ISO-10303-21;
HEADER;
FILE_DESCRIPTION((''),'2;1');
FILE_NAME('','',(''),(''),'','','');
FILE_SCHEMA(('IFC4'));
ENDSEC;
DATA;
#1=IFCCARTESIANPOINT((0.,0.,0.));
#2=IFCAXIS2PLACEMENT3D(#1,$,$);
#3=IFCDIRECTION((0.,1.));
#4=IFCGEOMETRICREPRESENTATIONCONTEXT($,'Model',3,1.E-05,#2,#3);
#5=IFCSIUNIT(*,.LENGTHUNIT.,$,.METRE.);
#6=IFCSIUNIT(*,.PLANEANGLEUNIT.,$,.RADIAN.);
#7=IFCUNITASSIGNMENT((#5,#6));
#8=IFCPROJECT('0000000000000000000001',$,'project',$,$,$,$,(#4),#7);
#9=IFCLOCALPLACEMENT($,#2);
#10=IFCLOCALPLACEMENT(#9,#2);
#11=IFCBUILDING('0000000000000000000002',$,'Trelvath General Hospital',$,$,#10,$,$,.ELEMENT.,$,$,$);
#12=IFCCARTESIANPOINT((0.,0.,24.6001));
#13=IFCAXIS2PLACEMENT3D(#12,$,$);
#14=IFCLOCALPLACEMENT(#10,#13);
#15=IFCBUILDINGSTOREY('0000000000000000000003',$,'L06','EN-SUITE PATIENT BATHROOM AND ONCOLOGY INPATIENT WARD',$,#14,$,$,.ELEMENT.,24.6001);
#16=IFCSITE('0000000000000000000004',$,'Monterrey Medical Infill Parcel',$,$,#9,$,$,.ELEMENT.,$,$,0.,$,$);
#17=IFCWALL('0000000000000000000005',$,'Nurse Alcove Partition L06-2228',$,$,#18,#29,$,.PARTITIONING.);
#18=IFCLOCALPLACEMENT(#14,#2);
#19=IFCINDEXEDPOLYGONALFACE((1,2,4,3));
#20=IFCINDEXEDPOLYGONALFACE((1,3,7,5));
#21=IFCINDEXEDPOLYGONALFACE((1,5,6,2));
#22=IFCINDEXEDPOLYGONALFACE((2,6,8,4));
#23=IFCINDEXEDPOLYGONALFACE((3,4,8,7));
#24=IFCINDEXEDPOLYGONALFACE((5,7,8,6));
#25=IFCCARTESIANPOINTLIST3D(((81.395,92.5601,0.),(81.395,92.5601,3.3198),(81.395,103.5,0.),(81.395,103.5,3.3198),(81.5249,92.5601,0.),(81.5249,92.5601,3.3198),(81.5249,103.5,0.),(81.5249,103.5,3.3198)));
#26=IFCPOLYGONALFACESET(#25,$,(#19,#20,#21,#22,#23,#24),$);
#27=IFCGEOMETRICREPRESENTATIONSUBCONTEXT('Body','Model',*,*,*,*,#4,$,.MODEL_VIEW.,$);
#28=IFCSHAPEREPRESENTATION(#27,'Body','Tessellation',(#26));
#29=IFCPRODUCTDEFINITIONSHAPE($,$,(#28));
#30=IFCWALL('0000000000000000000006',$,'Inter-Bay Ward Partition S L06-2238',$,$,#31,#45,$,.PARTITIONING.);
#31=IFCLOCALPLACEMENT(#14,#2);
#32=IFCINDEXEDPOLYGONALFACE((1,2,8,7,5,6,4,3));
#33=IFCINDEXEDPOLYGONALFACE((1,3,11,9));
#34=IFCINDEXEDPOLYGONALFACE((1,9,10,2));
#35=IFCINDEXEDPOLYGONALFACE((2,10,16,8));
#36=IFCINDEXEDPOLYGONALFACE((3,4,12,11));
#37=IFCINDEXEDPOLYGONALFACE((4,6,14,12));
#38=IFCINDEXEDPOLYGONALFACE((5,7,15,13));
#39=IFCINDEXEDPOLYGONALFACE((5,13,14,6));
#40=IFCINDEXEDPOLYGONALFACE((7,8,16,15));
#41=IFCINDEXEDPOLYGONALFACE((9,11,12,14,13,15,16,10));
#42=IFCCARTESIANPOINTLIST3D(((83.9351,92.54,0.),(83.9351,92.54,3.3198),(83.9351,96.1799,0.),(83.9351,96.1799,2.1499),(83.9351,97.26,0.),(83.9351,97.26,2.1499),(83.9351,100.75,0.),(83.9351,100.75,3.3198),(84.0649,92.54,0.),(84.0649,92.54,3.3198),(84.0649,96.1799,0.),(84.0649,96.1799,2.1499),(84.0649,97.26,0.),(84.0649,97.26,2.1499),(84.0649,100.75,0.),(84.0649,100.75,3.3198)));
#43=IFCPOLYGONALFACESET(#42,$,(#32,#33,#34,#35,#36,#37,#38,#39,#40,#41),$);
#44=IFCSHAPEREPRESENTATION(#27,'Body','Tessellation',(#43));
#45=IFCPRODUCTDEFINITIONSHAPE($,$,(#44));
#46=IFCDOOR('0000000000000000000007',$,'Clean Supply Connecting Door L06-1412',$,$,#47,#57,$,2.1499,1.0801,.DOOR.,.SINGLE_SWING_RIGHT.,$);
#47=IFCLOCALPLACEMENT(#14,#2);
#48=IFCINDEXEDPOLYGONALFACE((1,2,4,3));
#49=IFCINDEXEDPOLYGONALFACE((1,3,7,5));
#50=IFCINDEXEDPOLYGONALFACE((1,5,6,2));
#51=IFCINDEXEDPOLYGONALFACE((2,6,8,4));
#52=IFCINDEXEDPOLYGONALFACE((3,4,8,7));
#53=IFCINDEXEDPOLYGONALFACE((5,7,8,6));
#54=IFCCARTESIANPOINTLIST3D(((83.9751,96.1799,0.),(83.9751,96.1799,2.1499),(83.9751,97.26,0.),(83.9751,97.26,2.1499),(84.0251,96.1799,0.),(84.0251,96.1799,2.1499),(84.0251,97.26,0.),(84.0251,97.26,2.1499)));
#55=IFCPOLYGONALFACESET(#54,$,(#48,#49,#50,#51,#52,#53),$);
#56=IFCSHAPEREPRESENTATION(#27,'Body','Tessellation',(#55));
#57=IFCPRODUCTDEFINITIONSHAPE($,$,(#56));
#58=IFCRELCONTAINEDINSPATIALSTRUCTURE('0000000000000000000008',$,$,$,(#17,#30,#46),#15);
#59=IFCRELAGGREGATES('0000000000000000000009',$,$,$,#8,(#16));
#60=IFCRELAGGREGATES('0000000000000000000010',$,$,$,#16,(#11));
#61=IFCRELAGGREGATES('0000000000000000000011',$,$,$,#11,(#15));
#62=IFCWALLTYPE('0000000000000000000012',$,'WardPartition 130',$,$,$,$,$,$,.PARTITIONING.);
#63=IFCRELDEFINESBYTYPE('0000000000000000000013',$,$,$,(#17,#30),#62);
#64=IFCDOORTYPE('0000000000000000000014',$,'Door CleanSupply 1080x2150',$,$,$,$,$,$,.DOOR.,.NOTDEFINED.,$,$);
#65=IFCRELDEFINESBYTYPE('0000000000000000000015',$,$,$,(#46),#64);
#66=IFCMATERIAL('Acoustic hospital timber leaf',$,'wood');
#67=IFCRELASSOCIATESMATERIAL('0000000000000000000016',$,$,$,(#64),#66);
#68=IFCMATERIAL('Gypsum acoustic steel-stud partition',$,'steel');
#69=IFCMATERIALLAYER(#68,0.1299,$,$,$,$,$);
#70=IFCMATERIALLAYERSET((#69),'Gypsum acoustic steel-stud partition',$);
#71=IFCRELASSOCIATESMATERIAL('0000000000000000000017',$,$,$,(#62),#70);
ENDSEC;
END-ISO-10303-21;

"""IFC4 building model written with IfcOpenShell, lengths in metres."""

from ifc_helpers import new_model, si_unit, direction, frame, frame_2d, origin, place, context, subcontext, project, spatial, rectangle, extrude, material, layer, layer_set, type_object, element, fill, save


model = new_model("IFC4")

# Units and contexts
model_context = context("Model", 3, precision=1e-05, world=origin(), true_north=direction((0.0, 1.0)))
body_context = subcontext(model_context, "Body", "Model", "MODEL_VIEW")
ifc_project = project(units=[si_unit("LENGTHUNIT", "METRE"), si_unit("PLANEANGLEUNIT", "RADIAN")], contexts=[model_context])

# Site, building, storey
site_placement = place(None, origin())
site = spatial("IfcSite", under=ifc_project, at=site_placement, Name="Monterrey Medical Infill Parcel", CompositionType="ELEMENT", RefElevation=0.0)
building_placement = place(site_placement, origin())
building = spatial("IfcBuilding", under=site, at=building_placement, Name="Trelvath General Hospital", CompositionType="ELEMENT")
storey_placement = place(building_placement, frame((0.0, 0.0, 24.6001)))
storey = spatial("IfcBuildingStorey", under=building, at=storey_placement, Name="L06", Description="EN-SUITE PATIENT BATHROOM AND ONCOLOGY INPATIENT WARD", CompositionType="ELEMENT", Elevation=24.6001)

# Shared definitions
ifc_material_1 = material(Name="Acoustic hospital timber leaf", Category="wood")
door_type_1 = type_object("IfcDoorType", Name="Door CleanSupply 1080x2150", OperationType="NOTDEFINED", PredefinedType="DOOR", material=ifc_material_1)

# Wall
ifc_material_2 = material(Name="Gypsum acoustic steel-stud partition", Category="steel")
ifc_layer_1 = layer(ifc_material_2, 0.1299)
ifc_layer_set_1 = layer_set([ifc_layer_1], Name="Gypsum acoustic steel-stud partition")
wall_type_1 = type_object("IfcWallType", Name="WardPartition 130", PredefinedType="PARTITIONING", material=ifc_layer_set_1)
wall_1_placement = place(storey_placement, frame((81.46, 92.5601, 0.0), z_axis=(0.0, 0.0, 1.0), x_axis=(0.0, 1.0, 0.0)))
element("IfcWall", 1, at=wall_1_placement, inside=storey, type_object=wall_type_1, Name="Nurse Alcove Partition L06-2228", PredefinedType="PARTITIONING", context=body_context, shape_type="SweptSolid", body=[
    extrude(rectangle(XDim=10.9399, YDim=0.1299, at=frame_2d((5.47, 0.0))), origin(), (0.0, 0.0, 1.0), 3.3198),
])

# Wall, opening, door
wall_2_placement = place(storey_placement, frame((84.0, 92.54, 0.0), z_axis=(0.0, 0.0, 1.0), x_axis=(0.0, 1.0, 0.0)))
wall_2 = element("IfcWall", 2, at=wall_2_placement, inside=storey, type_object=wall_type_1, Name="Inter-Bay Ward Partition S L06-2238", PredefinedType="PARTITIONING", context=body_context, shape_type="SweptSolid", body=[
    extrude(rectangle(XDim=8.21, YDim=0.1299, at=frame_2d((4.105, 0.0))), origin(), (0.0, 0.0, 1.0), 3.3198),
])
opening_1_placement = place(wall_2_placement, frame((3.6399, 0.0, 0.0)))
opening_1 = element("IfcOpeningElement", 3, at=opening_1_placement, cuts=wall_2, PredefinedType="OPENING", context=body_context, shape_type="SweptSolid", body=[
    extrude(rectangle(XDim=1.0801, YDim=2.1499, at=frame_2d((0.54, 1.075))), frame((0.0, 0.075, 0.0), z_axis=(0.0, -1.0, 0.0), x_axis=(1.0, 0.0, 0.0)), (0.0, 0.0, 1.0), 0.1499),
])
door_1_placement = place(opening_1_placement, origin())
door_1 = element("IfcDoor", 4, at=door_1_placement, inside=storey, type_object=door_type_1, Name="Clean Supply Connecting Door L06-1412", OperationType="SINGLE_SWING_RIGHT", OverallHeight=2.1499, OverallWidth=1.0801, PredefinedType="DOOR", context=body_context, shape_type="SweptSolid", body=[
    extrude(rectangle(XDim=1.0801, YDim=2.1499, at=frame_2d((0.54, 1.075))), frame((0.0, 0.0249, 0.0), z_axis=(0.0, -1.0, 0.0), x_axis=(1.0, 0.0, 0.0)), (0.0, 0.0, 1.0), 0.05),
])
fill(opening_1, door_1)

save(model, "model.ifc")
